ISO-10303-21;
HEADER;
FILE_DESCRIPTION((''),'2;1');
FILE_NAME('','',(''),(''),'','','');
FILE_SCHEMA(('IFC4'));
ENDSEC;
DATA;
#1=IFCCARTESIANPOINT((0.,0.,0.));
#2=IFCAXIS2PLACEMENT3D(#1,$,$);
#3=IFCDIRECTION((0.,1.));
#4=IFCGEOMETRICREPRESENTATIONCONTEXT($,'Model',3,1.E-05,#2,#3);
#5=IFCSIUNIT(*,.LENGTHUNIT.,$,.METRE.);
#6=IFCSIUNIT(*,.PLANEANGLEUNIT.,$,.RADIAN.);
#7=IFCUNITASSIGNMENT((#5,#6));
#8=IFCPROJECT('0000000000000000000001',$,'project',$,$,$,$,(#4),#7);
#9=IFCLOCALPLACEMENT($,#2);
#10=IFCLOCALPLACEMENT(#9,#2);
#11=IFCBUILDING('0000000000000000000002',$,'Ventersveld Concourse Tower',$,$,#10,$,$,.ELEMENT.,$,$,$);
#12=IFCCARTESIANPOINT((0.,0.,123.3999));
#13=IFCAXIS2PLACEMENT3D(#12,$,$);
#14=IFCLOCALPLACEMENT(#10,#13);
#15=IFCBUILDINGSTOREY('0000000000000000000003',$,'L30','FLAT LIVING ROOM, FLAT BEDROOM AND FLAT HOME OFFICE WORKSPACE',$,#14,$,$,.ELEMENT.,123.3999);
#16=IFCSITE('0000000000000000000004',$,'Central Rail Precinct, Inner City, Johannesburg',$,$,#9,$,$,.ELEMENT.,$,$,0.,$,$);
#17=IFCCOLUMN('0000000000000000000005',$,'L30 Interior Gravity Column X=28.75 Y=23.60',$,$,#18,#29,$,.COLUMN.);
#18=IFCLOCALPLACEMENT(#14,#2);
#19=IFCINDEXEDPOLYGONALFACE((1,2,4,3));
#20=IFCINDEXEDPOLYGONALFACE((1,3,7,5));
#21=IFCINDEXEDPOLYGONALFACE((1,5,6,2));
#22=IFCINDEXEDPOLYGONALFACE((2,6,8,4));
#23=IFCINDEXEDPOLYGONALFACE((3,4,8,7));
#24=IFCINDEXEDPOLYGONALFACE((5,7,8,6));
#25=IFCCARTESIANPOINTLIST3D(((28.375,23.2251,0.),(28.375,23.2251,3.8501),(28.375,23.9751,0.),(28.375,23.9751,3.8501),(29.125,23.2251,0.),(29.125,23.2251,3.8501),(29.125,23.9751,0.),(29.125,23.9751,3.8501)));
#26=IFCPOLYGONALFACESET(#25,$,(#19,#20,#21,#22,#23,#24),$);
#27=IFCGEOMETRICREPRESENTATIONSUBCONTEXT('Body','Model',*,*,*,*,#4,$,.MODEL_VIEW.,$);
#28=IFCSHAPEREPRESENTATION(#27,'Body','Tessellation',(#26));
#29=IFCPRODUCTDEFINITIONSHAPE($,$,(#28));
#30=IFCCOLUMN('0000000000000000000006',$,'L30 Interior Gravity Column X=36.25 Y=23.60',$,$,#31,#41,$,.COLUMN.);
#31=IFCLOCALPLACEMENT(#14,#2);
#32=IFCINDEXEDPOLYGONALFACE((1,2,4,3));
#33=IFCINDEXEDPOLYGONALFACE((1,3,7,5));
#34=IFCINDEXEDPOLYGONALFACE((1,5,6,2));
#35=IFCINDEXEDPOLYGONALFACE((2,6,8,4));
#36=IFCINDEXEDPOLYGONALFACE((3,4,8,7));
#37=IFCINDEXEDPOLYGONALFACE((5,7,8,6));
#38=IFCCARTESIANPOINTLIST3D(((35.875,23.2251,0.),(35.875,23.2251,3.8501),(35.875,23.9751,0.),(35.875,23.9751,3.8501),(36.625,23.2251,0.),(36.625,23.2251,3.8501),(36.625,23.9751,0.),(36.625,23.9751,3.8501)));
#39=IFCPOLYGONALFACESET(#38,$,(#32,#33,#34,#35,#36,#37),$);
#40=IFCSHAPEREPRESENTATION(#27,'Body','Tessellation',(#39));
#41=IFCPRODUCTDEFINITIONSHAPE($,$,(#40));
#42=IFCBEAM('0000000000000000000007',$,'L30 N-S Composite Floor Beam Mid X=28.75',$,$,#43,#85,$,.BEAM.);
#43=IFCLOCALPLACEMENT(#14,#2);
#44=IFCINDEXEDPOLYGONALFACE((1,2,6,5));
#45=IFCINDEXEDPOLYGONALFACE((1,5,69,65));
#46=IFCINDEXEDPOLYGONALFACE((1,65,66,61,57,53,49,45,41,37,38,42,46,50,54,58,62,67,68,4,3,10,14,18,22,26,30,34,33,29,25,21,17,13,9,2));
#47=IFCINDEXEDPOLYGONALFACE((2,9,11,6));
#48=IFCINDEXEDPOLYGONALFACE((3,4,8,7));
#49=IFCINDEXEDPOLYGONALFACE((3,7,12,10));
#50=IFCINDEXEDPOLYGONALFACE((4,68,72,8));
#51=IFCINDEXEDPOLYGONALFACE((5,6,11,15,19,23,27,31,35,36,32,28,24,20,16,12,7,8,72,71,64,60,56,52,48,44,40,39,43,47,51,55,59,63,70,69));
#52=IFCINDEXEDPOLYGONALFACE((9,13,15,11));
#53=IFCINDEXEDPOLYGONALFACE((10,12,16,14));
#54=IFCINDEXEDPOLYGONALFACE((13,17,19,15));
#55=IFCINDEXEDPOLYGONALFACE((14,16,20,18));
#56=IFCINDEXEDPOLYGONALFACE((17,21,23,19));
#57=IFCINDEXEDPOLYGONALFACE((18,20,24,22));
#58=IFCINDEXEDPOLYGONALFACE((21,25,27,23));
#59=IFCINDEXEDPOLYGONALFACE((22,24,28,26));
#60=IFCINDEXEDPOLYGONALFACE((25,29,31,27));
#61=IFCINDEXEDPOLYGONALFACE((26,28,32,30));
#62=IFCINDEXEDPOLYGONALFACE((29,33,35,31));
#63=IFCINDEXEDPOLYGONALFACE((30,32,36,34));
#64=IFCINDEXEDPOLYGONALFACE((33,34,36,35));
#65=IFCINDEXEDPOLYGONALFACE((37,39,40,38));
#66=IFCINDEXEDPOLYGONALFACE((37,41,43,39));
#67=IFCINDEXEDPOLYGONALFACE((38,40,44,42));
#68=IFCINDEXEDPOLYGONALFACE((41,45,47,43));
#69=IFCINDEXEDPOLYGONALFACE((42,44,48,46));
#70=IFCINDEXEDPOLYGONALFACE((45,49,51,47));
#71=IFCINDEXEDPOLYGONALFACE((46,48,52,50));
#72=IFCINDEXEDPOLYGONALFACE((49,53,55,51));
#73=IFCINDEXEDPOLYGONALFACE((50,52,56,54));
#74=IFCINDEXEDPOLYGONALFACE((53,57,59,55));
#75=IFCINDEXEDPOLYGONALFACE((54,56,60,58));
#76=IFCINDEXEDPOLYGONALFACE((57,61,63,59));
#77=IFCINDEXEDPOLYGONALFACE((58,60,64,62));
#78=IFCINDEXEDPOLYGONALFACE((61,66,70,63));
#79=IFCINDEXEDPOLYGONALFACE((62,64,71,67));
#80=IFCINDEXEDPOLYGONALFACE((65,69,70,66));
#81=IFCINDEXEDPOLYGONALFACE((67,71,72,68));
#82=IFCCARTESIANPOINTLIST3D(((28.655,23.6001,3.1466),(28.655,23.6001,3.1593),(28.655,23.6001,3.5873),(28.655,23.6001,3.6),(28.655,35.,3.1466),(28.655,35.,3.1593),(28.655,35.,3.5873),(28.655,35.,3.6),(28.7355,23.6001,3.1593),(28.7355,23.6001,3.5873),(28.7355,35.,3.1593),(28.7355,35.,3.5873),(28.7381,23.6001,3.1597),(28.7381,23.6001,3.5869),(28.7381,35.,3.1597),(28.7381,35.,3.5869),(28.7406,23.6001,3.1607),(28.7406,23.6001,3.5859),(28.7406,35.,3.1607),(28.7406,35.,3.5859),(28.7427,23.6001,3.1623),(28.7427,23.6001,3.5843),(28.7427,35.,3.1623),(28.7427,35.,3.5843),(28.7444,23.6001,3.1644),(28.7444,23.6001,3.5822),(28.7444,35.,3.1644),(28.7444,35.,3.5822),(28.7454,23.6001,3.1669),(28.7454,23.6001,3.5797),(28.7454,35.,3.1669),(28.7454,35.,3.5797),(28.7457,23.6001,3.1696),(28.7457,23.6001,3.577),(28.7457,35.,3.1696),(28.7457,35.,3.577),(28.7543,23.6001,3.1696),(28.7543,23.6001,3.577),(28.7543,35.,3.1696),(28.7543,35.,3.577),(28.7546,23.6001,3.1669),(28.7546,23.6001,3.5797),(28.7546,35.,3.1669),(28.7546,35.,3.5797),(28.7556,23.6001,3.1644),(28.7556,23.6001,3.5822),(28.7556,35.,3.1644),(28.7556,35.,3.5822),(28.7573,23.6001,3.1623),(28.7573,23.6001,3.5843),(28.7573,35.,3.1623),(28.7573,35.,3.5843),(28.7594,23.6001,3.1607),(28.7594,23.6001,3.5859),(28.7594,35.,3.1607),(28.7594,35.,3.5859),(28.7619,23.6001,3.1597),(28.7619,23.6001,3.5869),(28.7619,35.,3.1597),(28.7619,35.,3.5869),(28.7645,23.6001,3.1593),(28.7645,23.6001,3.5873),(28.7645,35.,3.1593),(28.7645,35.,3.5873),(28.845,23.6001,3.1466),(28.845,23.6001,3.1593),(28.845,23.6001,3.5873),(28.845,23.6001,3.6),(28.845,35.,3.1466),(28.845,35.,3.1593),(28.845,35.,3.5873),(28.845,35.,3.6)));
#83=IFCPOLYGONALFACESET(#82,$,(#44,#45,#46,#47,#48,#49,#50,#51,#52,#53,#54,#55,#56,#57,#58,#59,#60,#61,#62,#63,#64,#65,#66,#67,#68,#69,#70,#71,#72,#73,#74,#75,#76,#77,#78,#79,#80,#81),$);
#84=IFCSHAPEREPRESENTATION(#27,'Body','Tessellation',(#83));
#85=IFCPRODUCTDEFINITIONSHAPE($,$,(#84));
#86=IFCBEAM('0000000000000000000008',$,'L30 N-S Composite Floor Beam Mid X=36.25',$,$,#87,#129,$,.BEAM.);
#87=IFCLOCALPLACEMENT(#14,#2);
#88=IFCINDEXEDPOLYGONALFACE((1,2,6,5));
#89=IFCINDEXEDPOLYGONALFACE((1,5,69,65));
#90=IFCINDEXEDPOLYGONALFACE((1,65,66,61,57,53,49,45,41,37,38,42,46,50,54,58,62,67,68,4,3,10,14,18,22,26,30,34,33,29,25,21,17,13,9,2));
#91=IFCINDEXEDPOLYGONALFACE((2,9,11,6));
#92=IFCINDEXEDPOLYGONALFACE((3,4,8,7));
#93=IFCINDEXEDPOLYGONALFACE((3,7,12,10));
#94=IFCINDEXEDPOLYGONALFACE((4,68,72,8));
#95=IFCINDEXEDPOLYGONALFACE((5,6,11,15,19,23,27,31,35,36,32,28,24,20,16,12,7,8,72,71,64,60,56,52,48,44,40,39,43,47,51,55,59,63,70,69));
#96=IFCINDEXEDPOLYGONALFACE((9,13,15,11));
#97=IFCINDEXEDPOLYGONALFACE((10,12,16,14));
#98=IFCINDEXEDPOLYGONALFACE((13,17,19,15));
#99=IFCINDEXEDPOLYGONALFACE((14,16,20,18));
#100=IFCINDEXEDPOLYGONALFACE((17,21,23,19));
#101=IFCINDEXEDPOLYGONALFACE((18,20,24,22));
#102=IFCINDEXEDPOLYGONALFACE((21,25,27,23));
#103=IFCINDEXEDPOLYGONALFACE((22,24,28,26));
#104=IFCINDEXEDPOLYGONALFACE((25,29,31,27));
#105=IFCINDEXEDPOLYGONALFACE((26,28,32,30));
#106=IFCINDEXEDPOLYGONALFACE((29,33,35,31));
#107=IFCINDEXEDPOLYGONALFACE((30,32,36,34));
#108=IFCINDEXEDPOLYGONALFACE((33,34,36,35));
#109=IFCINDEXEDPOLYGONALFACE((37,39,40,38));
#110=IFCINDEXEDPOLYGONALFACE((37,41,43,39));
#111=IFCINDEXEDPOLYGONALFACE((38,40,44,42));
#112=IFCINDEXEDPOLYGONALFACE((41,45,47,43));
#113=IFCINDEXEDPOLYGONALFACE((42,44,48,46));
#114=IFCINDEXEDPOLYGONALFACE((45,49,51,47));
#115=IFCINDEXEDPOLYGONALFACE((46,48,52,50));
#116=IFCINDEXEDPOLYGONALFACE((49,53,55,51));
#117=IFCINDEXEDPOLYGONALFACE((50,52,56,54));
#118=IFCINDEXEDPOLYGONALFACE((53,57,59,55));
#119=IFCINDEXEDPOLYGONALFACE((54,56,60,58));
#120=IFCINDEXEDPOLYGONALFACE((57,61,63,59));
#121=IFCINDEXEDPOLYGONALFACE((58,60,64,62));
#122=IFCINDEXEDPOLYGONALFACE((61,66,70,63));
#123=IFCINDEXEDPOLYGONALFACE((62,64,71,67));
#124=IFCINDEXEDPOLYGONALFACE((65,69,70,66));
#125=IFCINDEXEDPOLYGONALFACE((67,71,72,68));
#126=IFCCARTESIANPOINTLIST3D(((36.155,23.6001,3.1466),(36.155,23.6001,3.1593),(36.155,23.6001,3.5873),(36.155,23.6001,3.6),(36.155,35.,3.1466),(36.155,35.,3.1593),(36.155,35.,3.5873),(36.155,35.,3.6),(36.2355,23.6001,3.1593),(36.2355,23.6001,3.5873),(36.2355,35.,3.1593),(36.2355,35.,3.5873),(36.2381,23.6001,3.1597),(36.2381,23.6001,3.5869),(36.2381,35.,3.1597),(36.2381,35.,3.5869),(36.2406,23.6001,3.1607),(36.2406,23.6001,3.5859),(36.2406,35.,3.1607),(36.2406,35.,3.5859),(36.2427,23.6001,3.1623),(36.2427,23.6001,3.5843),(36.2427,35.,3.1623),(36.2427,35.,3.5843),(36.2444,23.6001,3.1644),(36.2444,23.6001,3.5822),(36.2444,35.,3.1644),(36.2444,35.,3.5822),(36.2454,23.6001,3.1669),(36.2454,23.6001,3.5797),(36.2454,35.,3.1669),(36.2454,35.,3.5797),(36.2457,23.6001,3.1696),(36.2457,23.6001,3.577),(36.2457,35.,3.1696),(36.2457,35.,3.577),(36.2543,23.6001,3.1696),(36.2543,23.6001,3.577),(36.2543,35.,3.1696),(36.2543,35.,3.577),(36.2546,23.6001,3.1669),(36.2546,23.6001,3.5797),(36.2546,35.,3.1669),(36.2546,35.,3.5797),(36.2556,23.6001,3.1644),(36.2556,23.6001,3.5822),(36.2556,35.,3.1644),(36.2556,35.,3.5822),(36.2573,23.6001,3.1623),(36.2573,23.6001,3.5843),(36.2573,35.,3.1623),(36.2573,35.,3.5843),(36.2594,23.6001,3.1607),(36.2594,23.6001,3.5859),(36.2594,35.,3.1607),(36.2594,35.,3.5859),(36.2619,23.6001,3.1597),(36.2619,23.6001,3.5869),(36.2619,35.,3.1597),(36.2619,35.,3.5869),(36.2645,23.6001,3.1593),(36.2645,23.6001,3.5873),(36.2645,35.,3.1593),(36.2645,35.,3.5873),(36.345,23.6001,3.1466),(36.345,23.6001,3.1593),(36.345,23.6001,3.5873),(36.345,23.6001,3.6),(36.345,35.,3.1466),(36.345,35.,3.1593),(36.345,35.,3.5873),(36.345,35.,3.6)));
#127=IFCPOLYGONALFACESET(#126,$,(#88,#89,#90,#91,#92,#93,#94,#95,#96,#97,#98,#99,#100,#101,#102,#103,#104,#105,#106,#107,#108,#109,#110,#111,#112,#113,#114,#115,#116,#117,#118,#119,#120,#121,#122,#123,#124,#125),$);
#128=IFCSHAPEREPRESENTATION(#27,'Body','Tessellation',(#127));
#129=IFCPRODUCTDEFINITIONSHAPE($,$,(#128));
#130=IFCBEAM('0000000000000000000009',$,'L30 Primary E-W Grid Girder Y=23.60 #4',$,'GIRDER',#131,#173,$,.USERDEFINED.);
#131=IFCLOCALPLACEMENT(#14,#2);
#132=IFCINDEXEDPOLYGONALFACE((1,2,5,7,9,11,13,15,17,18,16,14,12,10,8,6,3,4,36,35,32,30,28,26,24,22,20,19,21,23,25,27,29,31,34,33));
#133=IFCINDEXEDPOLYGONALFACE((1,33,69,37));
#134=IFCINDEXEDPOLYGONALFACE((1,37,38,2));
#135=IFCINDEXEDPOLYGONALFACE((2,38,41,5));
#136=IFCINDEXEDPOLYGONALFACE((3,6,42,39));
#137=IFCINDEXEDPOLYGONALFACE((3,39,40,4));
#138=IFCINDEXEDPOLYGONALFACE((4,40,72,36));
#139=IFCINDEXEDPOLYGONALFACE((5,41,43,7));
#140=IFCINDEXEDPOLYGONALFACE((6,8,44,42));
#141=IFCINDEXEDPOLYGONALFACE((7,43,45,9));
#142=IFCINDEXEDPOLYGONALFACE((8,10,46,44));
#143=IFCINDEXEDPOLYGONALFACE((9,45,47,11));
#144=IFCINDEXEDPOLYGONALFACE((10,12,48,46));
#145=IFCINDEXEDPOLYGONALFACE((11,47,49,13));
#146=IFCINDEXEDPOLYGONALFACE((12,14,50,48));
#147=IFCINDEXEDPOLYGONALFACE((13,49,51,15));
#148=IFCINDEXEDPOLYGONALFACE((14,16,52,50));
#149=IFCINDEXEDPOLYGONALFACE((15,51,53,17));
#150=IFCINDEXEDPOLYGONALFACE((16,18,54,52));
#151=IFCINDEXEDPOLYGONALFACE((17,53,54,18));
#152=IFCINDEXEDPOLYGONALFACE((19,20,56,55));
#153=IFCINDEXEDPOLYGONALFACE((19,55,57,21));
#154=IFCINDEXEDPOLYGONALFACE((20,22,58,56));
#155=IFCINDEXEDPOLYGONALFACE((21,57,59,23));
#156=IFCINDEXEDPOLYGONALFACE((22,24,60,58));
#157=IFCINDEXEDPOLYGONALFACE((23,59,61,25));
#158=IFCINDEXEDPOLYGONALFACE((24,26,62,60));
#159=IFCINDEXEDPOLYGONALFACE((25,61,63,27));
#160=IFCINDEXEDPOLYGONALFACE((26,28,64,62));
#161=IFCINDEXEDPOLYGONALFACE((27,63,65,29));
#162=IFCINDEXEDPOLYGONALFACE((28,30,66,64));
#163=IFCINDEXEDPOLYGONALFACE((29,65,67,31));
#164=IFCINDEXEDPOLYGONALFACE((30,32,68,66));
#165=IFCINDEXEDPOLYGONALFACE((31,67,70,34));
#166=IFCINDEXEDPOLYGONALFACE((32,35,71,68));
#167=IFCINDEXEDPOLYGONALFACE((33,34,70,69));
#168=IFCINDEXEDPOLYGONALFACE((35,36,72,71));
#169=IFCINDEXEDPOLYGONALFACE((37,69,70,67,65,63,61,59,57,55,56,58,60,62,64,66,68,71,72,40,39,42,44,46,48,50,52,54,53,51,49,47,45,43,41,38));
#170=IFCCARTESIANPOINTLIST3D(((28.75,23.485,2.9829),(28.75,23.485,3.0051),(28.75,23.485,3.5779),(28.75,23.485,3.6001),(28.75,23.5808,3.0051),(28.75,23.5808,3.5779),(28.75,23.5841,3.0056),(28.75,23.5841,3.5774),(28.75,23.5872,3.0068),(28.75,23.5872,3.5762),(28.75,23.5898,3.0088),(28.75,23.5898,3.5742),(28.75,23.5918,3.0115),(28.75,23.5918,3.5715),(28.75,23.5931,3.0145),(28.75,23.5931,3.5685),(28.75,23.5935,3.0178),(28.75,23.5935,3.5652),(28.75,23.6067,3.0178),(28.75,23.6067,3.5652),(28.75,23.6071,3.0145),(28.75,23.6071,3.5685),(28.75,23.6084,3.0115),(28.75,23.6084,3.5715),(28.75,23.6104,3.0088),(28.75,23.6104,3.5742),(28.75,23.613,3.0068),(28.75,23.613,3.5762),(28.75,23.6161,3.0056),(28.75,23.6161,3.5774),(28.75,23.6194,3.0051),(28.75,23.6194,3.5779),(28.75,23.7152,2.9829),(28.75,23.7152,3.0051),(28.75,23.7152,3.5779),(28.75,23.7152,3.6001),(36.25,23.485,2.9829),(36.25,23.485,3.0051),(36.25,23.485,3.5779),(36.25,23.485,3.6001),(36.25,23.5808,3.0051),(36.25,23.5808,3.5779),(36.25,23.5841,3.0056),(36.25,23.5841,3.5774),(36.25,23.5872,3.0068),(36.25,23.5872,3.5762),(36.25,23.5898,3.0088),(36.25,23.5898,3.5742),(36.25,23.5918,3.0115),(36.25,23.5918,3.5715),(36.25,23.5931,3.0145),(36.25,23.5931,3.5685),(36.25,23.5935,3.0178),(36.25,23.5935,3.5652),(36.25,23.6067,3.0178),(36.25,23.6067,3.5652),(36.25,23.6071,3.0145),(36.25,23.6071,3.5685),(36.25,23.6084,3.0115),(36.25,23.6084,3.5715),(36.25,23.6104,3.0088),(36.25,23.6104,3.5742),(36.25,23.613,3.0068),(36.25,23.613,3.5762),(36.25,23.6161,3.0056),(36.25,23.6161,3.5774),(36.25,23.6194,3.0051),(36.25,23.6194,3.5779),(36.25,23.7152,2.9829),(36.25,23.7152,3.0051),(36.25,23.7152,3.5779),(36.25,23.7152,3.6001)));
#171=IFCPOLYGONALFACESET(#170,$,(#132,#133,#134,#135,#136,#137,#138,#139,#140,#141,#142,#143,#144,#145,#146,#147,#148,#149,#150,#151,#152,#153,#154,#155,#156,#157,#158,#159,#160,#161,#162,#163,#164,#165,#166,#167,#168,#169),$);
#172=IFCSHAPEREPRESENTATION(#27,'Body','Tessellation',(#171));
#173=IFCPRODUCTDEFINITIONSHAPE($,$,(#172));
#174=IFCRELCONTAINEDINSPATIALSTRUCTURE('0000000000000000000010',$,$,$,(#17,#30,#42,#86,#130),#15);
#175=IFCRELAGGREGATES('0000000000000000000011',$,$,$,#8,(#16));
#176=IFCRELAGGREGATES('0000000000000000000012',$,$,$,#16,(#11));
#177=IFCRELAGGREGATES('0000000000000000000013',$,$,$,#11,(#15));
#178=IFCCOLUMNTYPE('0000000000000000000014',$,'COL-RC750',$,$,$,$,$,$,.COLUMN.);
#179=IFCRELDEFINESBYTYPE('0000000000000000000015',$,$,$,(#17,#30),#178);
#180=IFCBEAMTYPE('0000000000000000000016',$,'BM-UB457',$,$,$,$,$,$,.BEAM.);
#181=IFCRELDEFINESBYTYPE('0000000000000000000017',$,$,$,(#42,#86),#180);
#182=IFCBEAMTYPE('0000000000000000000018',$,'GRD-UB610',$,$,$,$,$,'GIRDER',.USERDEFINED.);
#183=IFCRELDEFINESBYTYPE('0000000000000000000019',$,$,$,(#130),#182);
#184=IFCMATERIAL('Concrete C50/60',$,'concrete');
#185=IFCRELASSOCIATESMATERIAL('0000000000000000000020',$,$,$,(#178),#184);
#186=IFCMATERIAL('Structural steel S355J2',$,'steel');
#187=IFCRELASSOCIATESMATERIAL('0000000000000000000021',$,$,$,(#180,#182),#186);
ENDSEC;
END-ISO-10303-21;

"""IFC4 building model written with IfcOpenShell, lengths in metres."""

from ifc_helpers import new_model, si_unit, direction, frame, origin, origin_2d, place, context, subcontext, project, spatial, rectangle, i_section, extrude, material, material_profile, profile_set, type_object, element, save


model = new_model("IFC4")

# Units and contexts
model_context = context("Model", 3, precision=1e-05, world=origin(), true_north=direction((0.0, 1.0)))
body_context = subcontext(model_context, "Body", "Model", "MODEL_VIEW")
ifc_project = project(units=[si_unit("LENGTHUNIT", "METRE"), si_unit("PLANEANGLEUNIT", "RADIAN")], contexts=[model_context])

# Site, building, storey
site_placement = place(None, origin())
site = spatial("IfcSite", under=ifc_project, at=site_placement, Name="Central Rail Precinct, Inner City, Johannesburg", CompositionType="ELEMENT", RefElevation=0.0)
building_placement = place(site_placement, origin())
building = spatial("IfcBuilding", under=site, at=building_placement, Name="Ventersveld Concourse Tower", CompositionType="ELEMENT")
storey_placement = place(building_placement, frame((0.0, 0.0, 123.3999)))
storey = spatial("IfcBuildingStorey", under=building, at=storey_placement, Name="L30", Description="FLAT LIVING ROOM, FLAT BEDROOM AND FLAT HOME OFFICE WORKSPACE", CompositionType="ELEMENT", Elevation=123.3999)

# Columns
ifc_material_1 = material(Name="Concrete C50/60", Category="concrete")
ifc_material_profile_1 = material_profile(ifc_material_1, rectangle(XDim=0.75, YDim=0.75, at=origin_2d()), Name="RC 750x750")
ifc_profile_set_1 = profile_set([ifc_material_profile_1], Name="Concrete C50/60")
column_type = type_object("IfcColumnType", Name="COL-RC750", PredefinedType="COLUMN", material=ifc_profile_set_1)
for number, where, z_axis, x_axis, name in (
    (1, (28.75, 23.6001, 0.0), (0.0, 0.0, 1.0), (1.0, 0.0, 0.0), "L30 Interior Gravity Column X=28.75 Y=23.60"),
    (2, (36.25, 23.6001, 0.0), (0.0, 0.0, 1.0), (1.0, 0.0, 0.0), "L30 Interior Gravity Column X=36.25 Y=23.60"),
):
    element("IfcColumn", number, at=place(storey_placement, frame(where, z_axis=z_axis, x_axis=x_axis)), inside=storey, type_object=column_type, Name=name, PredefinedType="COLUMN", context=body_context, shape_type="SweptSolid", body=[
        extrude(rectangle(XDim=0.75, YDim=0.75, at=origin_2d()), origin(), (0.0, 0.0, 1.0), 3.8501),
    ])

# Beams
ifc_material_2 = material(Name="Structural steel S355J2", Category="steel")
ifc_material_profile_2 = material_profile(ifc_material_2, i_section(OverallWidth=0.1899, OverallDepth=0.4534, WebThickness=0.0085, FlangeThickness=0.0127, FilletRadius=0.0103, at=origin_2d()), Name="UB 457x191x67")
ifc_profile_set_2 = profile_set([ifc_material_profile_2], Name="Structural steel S355J2")
beam_type_1 = type_object("IfcBeamType", Name="BM-UB457", PredefinedType="BEAM", material=ifc_profile_set_2)
for number, where, z_axis, x_axis, name in (
    (3, (28.75, 23.6001, 3.3733), (0.0, 1.0, 0.0), (-1.0, 0.0, 0.0), "L30 N-S Composite Floor Beam Mid X=28.75"),
    (4, (36.25, 23.6001, 3.3733), (0.0, 1.0, 0.0), (-1.0, 0.0, 0.0), "L30 N-S Composite Floor Beam Mid X=36.25"),
):
    element("IfcBeam", number, at=place(storey_placement, frame(where, z_axis=z_axis, x_axis=x_axis)), inside=storey, type_object=beam_type_1, Name=name, PredefinedType="BEAM", context=body_context, shape_type="SweptSolid", body=[
        extrude(i_section(OverallWidth=0.1899, OverallDepth=0.4534, WebThickness=0.0085, FlangeThickness=0.0127, FilletRadius=0.0103, at=origin_2d()), origin(), (0.0, 0.0, 1.0), 11.3999),
    ])
ifc_material_profile_3 = material_profile(ifc_material_2, i_section(OverallWidth=0.2302, OverallDepth=0.6172, WebThickness=0.0132, FlangeThickness=0.0222, FilletRadius=0.0127, at=origin_2d()), Name="UB 610x229x140")
ifc_profile_set_3 = profile_set([ifc_material_profile_3], Name="Structural steel S355J2")
beam_type_2 = type_object("IfcBeamType", Name="GRD-UB610", ElementType="GIRDER", PredefinedType="USERDEFINED", material=ifc_profile_set_3)
for number, where, z_axis, x_axis, name in (
    (5, (28.75, 23.6001, 3.2915), (1.0, 0.0, 0.0), (0.0, 1.0, 0.0), "L30 Primary E-W Grid Girder Y=23.60 #4"),
):
    element("IfcBeam", number, at=place(storey_placement, frame(where, z_axis=z_axis, x_axis=x_axis)), inside=storey, type_object=beam_type_2, Name=name, ObjectType="GIRDER", PredefinedType="USERDEFINED", context=body_context, shape_type="SweptSolid", body=[
        extrude(i_section(OverallWidth=0.2302, OverallDepth=0.6172, WebThickness=0.0132, FlangeThickness=0.0222, FilletRadius=0.0127, at=origin_2d()), origin(), (0.0, 0.0, 1.0), 7.5),
    ])

save(model, "model.ifc")
